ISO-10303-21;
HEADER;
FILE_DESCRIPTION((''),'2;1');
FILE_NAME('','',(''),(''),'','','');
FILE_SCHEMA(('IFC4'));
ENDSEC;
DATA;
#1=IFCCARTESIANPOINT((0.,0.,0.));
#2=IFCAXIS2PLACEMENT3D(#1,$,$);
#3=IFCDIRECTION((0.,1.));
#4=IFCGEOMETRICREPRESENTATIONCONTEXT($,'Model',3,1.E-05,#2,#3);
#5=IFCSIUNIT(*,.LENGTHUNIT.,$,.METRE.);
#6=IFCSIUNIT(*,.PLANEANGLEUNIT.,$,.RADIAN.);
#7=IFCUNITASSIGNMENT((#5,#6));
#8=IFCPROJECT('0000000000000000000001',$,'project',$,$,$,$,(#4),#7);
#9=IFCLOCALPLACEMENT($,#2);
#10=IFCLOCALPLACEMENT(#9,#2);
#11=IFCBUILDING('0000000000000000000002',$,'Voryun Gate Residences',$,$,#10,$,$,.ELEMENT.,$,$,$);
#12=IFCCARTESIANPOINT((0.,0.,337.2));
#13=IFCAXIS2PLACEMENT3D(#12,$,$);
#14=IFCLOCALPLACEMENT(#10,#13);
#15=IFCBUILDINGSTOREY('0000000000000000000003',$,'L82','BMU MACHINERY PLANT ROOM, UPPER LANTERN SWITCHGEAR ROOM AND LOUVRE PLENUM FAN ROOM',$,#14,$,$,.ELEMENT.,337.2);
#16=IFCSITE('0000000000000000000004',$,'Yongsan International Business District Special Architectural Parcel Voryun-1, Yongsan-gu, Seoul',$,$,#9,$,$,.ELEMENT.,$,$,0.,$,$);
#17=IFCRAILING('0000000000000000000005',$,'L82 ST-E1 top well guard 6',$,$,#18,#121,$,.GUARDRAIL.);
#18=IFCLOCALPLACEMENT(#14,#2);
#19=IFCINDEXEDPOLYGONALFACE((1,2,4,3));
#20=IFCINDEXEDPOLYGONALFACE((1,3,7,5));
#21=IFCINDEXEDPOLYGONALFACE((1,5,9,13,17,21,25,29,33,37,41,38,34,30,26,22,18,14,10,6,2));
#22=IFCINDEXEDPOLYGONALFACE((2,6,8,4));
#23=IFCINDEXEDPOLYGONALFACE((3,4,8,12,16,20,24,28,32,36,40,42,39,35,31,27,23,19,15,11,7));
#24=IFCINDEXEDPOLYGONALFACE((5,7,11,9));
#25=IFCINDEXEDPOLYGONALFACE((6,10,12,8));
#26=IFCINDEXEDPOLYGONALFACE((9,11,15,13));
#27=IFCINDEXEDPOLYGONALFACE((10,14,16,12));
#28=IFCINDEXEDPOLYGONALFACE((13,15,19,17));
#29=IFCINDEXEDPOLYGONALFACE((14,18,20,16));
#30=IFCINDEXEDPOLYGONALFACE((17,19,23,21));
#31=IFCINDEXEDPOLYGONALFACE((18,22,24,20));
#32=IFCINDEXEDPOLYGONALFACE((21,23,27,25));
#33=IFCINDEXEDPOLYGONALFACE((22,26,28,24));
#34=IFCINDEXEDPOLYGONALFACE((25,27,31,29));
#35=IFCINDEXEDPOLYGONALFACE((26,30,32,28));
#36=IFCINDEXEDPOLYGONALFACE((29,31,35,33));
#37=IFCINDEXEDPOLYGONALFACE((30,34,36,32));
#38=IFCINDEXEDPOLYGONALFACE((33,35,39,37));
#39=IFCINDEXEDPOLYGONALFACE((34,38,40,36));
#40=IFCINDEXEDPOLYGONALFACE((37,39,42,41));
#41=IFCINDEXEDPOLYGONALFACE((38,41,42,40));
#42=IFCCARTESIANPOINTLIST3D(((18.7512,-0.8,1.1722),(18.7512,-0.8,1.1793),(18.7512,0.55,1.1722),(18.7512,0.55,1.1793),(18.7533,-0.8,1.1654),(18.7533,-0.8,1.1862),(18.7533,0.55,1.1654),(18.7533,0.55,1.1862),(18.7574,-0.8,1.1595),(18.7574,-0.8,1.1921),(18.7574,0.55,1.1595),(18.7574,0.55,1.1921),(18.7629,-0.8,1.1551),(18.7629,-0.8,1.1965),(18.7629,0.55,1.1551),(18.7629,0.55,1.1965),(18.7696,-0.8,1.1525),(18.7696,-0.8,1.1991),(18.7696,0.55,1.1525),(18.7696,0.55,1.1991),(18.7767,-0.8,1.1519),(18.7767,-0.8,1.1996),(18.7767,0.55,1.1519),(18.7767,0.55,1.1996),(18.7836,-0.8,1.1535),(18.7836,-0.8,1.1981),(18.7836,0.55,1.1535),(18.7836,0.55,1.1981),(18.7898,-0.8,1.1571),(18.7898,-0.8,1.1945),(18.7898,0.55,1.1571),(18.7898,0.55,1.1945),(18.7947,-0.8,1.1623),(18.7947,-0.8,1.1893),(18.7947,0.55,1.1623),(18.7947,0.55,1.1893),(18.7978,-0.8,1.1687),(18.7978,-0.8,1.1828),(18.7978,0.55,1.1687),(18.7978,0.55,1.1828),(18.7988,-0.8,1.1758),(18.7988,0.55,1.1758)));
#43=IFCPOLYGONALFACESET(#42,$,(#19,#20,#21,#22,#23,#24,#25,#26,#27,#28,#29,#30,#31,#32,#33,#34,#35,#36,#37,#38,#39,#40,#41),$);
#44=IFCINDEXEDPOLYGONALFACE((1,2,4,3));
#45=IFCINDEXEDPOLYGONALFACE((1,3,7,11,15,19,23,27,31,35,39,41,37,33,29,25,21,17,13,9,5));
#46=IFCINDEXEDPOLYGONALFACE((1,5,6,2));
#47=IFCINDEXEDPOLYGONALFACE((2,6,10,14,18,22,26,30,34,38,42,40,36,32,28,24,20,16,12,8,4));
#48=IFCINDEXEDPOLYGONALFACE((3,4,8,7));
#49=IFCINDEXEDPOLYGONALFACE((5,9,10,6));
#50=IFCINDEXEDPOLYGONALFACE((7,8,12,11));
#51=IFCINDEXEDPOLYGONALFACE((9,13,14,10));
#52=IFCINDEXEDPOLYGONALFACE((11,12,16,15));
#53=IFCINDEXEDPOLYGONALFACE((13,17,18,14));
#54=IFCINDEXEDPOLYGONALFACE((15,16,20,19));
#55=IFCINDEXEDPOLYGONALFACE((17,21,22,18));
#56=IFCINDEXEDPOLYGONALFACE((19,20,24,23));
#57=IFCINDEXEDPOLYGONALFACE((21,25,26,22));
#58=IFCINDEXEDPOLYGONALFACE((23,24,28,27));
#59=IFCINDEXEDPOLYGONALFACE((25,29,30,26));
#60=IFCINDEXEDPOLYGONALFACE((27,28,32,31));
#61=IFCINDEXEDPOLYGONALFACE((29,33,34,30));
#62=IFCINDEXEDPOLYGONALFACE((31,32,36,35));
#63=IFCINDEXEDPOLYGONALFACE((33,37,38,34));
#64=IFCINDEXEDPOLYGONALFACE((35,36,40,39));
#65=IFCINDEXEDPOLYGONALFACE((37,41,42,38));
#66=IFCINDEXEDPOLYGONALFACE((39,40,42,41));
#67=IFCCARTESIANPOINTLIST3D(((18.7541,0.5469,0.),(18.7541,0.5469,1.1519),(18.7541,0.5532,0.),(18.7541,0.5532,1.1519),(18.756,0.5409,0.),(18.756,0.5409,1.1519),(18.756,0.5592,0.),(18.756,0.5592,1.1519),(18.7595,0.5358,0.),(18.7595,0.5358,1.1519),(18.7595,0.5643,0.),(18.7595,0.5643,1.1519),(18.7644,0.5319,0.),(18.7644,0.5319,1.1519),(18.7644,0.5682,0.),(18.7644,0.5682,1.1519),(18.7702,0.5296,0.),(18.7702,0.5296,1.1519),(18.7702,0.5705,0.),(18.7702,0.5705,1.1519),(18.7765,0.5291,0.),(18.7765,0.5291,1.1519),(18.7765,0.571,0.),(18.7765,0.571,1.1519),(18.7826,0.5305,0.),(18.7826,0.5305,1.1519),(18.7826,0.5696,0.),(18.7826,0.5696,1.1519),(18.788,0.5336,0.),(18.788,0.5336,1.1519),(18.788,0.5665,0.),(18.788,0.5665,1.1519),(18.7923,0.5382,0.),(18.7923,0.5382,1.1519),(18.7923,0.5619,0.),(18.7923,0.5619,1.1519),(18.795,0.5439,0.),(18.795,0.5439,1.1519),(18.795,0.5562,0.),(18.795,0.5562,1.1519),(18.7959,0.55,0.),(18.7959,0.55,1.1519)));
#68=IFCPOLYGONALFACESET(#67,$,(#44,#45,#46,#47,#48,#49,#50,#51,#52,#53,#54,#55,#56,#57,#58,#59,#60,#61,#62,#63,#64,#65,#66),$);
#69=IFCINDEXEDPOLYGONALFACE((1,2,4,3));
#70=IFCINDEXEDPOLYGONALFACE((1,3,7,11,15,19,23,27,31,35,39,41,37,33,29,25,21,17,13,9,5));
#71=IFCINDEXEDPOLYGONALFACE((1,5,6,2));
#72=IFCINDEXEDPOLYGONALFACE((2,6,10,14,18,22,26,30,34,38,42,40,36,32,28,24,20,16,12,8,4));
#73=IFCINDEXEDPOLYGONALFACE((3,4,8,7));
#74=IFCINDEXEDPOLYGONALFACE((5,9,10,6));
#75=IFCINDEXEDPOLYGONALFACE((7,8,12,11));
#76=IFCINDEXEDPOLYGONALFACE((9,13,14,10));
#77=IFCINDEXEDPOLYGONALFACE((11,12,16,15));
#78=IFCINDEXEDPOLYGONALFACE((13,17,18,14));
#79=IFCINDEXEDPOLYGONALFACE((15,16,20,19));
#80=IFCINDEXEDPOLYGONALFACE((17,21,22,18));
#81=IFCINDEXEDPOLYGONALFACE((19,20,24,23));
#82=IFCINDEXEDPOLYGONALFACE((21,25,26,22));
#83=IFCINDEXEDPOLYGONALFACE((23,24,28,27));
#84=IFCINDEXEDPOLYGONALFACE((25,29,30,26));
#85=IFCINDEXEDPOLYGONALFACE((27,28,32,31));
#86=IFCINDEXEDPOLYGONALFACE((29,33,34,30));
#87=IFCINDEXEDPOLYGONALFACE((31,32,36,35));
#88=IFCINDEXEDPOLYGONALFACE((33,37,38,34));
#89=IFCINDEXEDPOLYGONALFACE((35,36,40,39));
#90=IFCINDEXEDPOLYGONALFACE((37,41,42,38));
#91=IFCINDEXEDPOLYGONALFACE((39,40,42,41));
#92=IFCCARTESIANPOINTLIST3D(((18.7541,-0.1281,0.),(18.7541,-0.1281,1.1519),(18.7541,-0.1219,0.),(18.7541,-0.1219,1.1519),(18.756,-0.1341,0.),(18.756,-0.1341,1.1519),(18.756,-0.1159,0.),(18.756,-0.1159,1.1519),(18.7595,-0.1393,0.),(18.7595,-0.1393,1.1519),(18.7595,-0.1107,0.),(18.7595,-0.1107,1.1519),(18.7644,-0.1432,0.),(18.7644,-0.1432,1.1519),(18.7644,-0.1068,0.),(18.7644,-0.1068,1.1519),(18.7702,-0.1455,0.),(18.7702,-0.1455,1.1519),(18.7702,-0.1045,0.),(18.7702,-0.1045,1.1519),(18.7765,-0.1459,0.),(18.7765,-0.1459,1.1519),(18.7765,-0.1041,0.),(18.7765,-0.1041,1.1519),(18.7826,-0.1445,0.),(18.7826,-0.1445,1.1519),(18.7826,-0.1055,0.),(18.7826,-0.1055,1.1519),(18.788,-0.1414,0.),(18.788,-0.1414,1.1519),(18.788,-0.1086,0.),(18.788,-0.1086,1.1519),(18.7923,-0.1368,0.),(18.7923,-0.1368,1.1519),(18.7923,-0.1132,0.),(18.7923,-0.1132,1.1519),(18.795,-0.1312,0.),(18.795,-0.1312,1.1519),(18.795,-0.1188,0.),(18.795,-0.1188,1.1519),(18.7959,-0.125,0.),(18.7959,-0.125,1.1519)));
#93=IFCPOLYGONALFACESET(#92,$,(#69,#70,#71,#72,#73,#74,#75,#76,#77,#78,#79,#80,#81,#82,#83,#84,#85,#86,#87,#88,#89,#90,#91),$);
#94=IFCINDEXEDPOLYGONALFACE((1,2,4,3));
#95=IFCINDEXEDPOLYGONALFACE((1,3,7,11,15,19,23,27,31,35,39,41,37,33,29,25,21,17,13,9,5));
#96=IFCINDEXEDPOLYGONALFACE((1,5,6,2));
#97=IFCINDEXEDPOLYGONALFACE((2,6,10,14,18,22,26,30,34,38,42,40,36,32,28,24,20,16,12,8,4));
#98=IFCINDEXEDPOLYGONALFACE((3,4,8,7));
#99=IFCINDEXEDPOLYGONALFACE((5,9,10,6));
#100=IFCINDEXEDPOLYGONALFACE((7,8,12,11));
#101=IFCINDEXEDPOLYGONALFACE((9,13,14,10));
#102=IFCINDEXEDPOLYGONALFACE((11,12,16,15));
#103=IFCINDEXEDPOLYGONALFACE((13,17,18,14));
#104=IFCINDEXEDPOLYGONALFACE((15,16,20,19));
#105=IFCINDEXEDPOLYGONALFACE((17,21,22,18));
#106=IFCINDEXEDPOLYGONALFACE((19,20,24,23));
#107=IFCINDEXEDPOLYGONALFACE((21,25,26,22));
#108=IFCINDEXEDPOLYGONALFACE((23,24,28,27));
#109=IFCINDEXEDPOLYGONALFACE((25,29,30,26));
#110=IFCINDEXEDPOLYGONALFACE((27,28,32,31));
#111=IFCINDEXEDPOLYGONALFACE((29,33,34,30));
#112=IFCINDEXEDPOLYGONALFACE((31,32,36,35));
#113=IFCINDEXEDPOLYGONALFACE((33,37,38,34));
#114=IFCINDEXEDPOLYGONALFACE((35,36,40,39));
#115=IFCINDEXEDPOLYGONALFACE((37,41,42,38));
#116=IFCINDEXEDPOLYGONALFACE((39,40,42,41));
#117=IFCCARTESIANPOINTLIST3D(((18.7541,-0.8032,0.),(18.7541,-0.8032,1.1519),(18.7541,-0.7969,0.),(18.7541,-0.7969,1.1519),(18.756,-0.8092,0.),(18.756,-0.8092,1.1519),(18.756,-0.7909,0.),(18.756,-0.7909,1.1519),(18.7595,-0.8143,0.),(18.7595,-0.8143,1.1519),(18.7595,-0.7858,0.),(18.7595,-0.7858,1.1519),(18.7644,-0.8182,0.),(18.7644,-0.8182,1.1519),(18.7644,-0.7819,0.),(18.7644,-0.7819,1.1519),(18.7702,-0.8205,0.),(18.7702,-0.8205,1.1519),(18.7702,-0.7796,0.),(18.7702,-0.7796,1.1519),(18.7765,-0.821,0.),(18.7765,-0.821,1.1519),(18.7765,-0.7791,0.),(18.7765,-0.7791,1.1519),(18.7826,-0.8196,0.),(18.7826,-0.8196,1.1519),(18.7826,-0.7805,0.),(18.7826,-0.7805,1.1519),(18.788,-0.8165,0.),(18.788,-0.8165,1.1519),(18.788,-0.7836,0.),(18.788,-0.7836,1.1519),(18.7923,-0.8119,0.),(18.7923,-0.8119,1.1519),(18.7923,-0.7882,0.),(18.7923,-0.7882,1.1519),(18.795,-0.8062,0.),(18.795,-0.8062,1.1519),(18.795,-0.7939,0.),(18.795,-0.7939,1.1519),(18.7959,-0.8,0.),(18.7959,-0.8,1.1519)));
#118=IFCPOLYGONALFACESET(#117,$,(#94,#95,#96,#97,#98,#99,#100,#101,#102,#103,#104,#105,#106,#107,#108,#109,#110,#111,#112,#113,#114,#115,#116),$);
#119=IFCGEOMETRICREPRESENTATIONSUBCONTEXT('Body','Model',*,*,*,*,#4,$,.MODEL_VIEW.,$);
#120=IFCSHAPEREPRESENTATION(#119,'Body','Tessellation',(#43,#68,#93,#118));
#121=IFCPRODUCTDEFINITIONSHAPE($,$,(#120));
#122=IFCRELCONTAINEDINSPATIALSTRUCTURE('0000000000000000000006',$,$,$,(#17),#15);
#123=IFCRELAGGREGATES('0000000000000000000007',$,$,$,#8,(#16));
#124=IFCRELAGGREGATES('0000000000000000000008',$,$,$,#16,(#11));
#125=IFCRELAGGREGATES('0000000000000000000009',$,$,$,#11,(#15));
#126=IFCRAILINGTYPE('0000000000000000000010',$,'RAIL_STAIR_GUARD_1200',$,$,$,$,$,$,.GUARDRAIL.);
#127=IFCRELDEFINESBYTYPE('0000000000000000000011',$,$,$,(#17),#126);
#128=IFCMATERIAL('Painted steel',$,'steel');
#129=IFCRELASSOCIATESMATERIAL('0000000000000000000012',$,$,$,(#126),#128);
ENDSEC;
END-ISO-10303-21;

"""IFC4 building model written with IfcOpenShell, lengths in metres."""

from ifc_helpers import new_model, si_unit, direction, frame, origin, origin_2d, place, context, subcontext, project, spatial, circle, extrude, material, type_object, element, save


model = new_model("IFC4")

# Units and contexts
model_context = context("Model", 3, precision=1e-05, world=origin(), true_north=direction((0.0, 1.0)))
body_context = subcontext(model_context, "Body", "Model", "MODEL_VIEW")
ifc_project = project(units=[si_unit("LENGTHUNIT", "METRE"), si_unit("PLANEANGLEUNIT", "RADIAN")], contexts=[model_context])

# Site, building, storey
site_placement = place(None, origin())
site = spatial("IfcSite", under=ifc_project, at=site_placement, Name="Yongsan International Business District Special Architectural Parcel Voryun-1, Yongsan-gu, Seoul", CompositionType="ELEMENT", RefElevation=0.0)
building_placement = place(site_placement, origin())
building = spatial("IfcBuilding", under=site, at=building_placement, Name="Voryun Gate Residences", CompositionType="ELEMENT")
storey_placement = place(building_placement, frame((0.0, 0.0, 337.2)))
storey = spatial("IfcBuildingStorey", under=building, at=storey_placement, Name="L82", Description="BMU MACHINERY PLANT ROOM, UPPER LANTERN SWITCHGEAR ROOM AND LOUVRE PLENUM FAN ROOM", CompositionType="ELEMENT", Elevation=337.2)

# Railing
ifc_material_1 = material(Name="Painted steel", Category="steel")
railing_type = type_object("IfcRailingType", Name="RAIL_STAIR_GUARD_1200", PredefinedType="GUARDRAIL", material=ifc_material_1)
for number, where, name in (
    (1, (18.7749, 0.55, 0.0), "L82 ST-E1 top well guard 6"),
):
    element("IfcRailing", number, at=place(storey_placement, frame(where)), inside=storey, type_object=railing_type, Name=name, PredefinedType="GUARDRAIL", context=body_context, shape_type="SweptSolid", body=[
        extrude(circle(Radius=0.0239, at=origin_2d()), frame((0.0, 0.0, 1.1758), z_axis=(0.0, -1.0, 0.0), x_axis=(1.0, 0.0, 0.0)), (0.0, 0.0, 1.0), 1.3501),
        extrude(circle(Radius=0.021, at=origin_2d()), origin(), (0.0, 0.0, 1.0), 1.1519),
        extrude(circle(Radius=0.021, at=origin_2d()), frame((0.0, -0.675, 0.0)), (0.0, 0.0, 1.0), 1.1519),
        extrude(circle(Radius=0.021, at=origin_2d()), frame((0.0, -1.3501, 0.0)), (0.0, 0.0, 1.0), 1.1519),
    ])

save(model, "model.ifc")
